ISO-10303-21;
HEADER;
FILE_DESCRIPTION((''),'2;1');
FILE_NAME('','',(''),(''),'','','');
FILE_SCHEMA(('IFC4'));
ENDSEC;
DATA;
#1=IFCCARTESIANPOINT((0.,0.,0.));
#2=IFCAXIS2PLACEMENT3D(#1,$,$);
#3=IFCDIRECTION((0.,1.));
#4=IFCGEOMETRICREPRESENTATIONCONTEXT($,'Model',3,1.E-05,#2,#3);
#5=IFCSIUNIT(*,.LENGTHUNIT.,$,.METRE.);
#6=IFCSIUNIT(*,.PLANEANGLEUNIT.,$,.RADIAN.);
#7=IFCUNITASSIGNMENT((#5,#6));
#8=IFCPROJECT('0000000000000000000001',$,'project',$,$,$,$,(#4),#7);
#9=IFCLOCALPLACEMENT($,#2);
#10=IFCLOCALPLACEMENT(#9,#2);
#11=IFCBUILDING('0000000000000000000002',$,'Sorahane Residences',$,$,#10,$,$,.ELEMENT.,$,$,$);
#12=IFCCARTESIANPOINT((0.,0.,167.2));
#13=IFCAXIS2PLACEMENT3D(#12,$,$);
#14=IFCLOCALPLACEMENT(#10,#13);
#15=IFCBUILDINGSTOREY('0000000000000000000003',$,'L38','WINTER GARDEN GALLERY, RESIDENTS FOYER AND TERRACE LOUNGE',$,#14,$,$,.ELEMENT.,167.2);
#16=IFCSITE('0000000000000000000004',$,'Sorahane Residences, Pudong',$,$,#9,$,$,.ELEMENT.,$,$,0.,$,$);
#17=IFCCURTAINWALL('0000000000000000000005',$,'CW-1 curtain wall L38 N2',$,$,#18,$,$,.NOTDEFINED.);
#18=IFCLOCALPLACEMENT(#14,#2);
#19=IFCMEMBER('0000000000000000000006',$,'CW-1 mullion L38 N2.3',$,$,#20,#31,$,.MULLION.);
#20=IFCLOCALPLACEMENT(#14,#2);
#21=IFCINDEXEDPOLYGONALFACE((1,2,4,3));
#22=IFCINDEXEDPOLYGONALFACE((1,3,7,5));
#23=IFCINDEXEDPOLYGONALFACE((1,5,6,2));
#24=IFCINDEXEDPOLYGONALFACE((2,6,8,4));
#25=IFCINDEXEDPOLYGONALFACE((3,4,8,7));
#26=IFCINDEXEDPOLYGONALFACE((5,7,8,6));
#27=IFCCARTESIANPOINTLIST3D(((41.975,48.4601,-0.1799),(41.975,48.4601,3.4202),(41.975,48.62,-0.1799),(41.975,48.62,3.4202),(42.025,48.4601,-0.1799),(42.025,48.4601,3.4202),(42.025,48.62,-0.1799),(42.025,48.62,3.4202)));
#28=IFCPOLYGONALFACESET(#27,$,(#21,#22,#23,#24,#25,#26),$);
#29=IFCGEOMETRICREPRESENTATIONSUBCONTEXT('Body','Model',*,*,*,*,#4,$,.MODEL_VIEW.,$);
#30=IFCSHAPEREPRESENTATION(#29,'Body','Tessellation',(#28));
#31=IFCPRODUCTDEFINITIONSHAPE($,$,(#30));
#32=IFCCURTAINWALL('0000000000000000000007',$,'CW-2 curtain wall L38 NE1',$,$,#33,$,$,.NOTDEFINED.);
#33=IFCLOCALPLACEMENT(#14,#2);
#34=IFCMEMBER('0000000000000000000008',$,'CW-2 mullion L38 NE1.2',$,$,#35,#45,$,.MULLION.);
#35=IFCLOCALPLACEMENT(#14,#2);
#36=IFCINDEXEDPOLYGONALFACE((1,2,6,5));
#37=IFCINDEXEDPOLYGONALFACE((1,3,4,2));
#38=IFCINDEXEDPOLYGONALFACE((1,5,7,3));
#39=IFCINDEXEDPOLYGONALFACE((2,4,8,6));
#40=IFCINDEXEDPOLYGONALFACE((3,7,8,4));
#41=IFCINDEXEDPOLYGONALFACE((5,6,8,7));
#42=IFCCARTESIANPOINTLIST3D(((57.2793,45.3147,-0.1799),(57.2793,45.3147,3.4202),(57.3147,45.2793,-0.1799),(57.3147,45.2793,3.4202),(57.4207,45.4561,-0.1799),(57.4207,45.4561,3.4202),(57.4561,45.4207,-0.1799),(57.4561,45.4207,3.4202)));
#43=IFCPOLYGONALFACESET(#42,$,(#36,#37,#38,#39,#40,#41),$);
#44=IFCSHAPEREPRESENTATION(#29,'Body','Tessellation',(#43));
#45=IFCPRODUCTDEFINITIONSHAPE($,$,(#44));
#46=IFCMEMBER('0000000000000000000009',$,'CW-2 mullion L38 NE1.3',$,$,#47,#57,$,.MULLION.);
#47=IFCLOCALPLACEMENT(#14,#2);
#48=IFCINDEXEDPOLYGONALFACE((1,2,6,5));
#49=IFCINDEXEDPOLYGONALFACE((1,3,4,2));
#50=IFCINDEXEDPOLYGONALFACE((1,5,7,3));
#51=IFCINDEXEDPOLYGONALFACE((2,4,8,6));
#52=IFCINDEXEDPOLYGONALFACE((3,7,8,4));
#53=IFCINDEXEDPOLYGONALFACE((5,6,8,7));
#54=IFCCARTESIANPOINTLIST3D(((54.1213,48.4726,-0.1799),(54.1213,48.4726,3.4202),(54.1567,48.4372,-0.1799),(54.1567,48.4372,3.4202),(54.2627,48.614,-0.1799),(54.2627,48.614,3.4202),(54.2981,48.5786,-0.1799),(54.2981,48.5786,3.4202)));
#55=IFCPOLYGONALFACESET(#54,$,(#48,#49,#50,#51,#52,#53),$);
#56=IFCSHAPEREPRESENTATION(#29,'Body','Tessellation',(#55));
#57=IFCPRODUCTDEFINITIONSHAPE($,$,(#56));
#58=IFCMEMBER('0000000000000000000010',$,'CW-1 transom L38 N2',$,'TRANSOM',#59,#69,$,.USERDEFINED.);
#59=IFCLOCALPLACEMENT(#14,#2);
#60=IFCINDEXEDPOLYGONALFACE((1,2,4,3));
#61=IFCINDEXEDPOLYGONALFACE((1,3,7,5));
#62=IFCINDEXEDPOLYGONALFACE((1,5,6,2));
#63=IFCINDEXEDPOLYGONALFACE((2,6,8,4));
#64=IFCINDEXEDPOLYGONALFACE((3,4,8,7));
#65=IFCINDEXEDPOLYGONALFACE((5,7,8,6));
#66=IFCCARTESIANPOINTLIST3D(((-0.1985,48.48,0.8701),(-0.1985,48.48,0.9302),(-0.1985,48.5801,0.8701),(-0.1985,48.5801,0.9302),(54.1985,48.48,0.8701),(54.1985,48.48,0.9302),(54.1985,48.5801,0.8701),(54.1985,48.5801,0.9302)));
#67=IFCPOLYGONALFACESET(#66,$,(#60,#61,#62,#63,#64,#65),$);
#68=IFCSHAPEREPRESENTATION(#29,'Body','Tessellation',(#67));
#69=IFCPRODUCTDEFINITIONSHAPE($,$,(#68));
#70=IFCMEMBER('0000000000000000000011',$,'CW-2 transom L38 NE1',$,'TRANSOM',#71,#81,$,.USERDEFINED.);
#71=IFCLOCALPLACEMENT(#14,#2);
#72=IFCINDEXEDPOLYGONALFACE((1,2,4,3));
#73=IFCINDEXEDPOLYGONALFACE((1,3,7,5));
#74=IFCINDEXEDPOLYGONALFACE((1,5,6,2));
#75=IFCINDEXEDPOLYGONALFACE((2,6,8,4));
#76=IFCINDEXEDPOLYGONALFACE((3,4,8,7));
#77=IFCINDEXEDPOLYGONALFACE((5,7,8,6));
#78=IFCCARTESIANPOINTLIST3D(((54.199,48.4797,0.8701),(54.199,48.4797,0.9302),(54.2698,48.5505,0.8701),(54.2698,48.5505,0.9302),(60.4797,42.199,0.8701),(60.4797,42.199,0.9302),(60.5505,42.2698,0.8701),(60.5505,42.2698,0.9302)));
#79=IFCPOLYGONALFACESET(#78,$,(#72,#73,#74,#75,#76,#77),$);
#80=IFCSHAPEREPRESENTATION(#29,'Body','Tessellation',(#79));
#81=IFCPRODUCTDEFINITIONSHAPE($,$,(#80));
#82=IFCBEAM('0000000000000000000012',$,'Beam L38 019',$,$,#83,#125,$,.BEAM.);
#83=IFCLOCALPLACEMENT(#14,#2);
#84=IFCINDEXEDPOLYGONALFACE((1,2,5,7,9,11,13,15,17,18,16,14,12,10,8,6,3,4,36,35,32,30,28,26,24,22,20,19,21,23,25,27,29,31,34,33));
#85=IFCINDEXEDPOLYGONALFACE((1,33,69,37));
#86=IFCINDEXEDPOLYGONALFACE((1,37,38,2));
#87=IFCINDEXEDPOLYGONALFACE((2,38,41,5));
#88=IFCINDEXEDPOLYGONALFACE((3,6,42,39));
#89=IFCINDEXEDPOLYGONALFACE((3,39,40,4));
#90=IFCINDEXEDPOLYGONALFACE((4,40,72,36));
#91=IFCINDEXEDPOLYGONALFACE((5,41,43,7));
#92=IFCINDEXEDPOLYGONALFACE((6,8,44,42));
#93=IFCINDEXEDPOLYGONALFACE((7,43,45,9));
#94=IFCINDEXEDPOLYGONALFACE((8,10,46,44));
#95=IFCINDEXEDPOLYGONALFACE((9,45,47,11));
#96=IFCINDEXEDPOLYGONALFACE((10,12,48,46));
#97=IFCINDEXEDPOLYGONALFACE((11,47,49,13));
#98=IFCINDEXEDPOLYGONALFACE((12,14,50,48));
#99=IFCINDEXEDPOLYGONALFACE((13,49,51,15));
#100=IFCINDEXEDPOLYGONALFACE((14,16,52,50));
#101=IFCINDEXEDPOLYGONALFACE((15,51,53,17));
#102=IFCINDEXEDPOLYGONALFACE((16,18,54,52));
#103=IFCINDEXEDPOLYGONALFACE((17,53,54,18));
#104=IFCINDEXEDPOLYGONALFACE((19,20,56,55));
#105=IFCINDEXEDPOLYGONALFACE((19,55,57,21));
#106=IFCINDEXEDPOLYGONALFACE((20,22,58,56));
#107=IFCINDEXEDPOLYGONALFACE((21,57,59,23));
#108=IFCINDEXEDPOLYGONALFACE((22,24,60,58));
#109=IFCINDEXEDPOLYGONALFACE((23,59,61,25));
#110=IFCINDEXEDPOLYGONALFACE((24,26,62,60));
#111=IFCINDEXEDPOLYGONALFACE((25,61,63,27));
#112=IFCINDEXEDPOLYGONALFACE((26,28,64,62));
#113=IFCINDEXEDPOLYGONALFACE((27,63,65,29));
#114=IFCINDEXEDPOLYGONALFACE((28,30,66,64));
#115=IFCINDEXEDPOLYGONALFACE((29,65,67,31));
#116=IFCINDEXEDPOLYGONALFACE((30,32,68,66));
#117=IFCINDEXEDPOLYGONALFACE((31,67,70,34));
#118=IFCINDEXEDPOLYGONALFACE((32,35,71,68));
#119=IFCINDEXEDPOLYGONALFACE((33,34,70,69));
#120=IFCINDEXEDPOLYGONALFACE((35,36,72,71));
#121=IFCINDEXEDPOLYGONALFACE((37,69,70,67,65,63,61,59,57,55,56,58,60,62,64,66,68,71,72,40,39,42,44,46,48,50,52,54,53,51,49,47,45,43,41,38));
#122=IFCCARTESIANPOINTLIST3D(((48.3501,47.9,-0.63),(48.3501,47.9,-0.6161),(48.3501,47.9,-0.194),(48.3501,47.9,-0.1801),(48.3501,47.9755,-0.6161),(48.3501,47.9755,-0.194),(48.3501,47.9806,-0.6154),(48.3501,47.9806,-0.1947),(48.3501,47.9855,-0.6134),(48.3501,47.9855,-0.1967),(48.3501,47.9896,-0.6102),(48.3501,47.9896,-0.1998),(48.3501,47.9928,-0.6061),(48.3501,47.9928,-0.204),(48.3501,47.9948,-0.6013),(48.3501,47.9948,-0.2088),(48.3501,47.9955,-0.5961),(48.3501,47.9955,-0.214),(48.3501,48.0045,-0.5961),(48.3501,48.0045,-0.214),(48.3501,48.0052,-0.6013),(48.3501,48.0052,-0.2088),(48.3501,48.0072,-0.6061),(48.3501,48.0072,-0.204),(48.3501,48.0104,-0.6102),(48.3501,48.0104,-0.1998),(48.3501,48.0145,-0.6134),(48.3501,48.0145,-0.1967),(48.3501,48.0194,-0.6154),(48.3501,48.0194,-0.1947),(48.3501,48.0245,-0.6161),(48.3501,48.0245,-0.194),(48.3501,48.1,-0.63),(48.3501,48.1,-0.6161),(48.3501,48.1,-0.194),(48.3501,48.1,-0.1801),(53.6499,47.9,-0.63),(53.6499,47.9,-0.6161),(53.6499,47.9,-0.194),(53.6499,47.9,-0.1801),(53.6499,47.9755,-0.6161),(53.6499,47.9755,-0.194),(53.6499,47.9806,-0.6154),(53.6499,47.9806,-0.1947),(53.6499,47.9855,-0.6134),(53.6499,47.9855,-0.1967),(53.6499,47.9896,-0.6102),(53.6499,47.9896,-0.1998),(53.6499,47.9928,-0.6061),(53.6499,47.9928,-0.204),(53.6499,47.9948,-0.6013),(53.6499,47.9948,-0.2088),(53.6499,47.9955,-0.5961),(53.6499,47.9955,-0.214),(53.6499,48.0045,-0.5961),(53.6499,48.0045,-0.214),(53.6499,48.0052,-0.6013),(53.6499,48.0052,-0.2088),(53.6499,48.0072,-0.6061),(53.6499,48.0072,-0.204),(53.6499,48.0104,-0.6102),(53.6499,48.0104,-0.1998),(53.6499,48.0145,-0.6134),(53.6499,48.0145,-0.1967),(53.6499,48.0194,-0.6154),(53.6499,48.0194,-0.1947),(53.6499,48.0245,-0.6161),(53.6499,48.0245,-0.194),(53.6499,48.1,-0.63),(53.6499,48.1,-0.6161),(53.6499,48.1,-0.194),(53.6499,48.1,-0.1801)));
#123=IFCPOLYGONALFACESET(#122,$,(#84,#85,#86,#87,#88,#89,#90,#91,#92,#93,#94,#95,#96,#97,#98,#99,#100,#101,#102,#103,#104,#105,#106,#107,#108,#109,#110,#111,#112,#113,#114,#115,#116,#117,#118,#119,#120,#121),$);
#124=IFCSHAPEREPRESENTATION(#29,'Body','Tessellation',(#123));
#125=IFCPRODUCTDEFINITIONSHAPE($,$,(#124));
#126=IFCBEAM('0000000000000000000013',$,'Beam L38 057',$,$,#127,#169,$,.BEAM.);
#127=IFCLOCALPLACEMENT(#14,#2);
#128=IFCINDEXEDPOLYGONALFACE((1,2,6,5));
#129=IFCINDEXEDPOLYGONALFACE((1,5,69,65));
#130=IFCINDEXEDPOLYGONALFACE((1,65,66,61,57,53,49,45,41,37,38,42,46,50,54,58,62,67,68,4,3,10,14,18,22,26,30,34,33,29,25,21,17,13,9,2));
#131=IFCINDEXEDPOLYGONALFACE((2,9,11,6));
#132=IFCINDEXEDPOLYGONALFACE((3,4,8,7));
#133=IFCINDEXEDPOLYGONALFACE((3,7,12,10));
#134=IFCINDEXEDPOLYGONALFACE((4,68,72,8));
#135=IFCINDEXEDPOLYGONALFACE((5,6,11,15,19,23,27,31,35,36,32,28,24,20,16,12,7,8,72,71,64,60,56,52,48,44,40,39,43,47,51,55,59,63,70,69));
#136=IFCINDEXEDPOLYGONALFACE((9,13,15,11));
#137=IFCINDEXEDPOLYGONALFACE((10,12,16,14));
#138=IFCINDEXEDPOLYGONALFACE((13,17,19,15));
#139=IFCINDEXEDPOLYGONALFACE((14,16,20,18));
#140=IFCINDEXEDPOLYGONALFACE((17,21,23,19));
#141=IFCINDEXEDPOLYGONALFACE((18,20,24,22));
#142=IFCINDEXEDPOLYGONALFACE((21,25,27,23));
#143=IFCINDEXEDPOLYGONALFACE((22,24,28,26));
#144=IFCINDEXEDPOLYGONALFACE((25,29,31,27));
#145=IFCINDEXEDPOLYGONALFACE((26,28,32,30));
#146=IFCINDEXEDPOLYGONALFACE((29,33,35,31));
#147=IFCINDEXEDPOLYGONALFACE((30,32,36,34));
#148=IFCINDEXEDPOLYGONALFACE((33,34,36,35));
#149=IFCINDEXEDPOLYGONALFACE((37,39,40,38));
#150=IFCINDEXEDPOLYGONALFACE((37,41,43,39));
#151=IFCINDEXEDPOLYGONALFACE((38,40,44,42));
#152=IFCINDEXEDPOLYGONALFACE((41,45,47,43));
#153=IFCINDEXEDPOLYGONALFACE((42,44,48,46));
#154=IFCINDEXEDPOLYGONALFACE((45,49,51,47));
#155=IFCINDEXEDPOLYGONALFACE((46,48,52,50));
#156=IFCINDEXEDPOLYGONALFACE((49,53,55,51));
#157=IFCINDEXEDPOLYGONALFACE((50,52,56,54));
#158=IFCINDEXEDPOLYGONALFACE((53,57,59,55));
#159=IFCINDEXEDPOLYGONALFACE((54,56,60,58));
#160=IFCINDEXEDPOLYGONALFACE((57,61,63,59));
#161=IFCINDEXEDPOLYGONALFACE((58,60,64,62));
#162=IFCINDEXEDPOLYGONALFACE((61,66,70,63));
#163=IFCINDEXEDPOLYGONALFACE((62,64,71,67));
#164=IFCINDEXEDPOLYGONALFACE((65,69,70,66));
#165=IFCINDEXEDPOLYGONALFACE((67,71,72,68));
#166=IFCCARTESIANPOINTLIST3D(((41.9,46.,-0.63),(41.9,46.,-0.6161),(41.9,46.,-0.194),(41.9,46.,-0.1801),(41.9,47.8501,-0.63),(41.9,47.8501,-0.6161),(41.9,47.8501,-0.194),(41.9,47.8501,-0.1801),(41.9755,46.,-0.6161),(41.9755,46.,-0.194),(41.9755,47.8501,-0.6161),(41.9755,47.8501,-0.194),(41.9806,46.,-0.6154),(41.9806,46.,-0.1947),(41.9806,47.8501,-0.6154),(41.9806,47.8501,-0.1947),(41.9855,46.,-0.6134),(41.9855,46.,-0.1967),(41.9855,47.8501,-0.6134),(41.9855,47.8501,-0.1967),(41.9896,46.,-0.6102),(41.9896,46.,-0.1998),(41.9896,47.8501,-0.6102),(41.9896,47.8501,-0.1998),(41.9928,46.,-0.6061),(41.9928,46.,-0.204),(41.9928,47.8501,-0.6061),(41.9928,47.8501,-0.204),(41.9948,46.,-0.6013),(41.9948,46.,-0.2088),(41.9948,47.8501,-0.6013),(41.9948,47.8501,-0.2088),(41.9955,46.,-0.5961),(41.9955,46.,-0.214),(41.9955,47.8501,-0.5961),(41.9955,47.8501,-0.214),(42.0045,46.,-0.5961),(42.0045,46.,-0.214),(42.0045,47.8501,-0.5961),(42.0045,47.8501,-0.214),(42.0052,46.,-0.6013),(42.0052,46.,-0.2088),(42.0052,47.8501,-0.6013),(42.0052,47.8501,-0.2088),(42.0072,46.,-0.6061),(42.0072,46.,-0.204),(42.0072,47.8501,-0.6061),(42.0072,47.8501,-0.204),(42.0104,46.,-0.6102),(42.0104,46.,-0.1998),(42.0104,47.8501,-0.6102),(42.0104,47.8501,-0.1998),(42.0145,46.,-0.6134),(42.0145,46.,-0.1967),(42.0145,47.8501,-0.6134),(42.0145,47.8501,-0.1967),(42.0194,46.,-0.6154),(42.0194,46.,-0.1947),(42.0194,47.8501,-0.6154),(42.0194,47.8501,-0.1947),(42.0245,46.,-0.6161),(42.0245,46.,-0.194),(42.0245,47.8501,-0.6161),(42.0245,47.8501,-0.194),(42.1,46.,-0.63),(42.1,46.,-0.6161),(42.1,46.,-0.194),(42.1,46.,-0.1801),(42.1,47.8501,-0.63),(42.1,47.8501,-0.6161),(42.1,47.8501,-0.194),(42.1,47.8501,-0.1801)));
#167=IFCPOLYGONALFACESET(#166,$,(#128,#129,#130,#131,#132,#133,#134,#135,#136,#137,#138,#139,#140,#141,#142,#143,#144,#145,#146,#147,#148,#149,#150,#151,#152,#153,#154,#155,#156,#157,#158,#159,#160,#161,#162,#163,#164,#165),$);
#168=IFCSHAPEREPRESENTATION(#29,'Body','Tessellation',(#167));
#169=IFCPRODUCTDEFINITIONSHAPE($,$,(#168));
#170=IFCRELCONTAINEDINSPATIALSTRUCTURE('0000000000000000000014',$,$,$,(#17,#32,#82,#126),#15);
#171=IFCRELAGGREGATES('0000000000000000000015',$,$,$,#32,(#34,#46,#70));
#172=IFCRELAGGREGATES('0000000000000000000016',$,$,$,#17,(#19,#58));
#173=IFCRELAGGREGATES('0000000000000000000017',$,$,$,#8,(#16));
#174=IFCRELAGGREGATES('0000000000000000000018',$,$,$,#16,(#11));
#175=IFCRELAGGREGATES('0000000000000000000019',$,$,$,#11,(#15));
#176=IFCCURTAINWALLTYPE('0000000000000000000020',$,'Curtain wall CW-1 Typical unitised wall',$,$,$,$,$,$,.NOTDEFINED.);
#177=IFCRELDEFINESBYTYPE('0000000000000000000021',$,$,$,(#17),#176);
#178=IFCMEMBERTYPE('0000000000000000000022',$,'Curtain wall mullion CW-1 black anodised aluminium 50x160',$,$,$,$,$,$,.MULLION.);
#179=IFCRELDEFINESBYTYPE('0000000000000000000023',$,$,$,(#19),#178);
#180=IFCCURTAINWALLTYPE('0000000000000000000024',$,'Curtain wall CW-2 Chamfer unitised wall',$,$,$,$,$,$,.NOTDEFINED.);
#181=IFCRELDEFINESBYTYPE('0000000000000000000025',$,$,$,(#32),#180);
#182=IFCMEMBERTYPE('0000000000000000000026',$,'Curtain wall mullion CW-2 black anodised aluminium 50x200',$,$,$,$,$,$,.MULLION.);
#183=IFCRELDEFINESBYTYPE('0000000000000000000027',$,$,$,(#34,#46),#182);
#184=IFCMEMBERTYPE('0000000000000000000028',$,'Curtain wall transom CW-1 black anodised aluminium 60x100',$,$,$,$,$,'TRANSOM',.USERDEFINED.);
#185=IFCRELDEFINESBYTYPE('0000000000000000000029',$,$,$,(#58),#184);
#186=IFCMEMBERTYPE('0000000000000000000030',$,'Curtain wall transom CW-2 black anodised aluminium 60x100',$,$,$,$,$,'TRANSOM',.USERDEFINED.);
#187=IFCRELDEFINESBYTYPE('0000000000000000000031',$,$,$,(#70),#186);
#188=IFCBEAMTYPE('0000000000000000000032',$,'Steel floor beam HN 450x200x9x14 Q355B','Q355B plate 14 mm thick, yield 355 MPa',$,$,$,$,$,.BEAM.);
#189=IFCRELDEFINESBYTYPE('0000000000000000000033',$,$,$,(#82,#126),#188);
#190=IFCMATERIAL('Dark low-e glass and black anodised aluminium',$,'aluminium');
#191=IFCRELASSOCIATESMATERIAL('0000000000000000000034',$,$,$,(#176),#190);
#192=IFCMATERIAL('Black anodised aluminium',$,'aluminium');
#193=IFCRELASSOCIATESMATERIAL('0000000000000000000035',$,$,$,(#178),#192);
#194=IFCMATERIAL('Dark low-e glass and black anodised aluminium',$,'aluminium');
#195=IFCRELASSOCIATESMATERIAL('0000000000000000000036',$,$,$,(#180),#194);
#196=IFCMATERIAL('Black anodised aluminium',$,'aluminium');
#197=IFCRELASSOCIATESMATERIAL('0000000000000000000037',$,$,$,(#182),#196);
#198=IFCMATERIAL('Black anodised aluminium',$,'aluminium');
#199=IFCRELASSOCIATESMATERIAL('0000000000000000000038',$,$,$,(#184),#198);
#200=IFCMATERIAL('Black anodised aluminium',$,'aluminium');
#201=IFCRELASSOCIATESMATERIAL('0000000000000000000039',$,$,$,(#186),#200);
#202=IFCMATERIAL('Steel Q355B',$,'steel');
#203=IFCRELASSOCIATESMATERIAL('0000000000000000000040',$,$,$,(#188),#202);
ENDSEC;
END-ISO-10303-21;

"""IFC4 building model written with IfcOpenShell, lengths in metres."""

from ifc_helpers import new_model, si_unit, direction, frame, origin, origin_2d, place, context, subcontext, project, spatial, rectangle, i_section, extrude, material, material_profile, profile_set, type_object, element, aggregate, save


model = new_model("IFC4")

# Units and contexts
model_context = context("Model", 3, precision=1e-05, world=origin(), true_north=direction((0.0, 1.0)))
body_context = subcontext(model_context, "Body", "Model", "MODEL_VIEW")
ifc_project = project(units=[si_unit("LENGTHUNIT", "METRE"), si_unit("PLANEANGLEUNIT", "RADIAN")], contexts=[model_context])

# Site, building, storey
site_placement = place(None, origin())
site = spatial("IfcSite", under=ifc_project, at=site_placement, Name="Sorahane Residences, Pudong", CompositionType="ELEMENT", RefElevation=0.0)
building_placement = place(site_placement, origin())
building = spatial("IfcBuilding", under=site, at=building_placement, Name="Sorahane Residences", CompositionType="ELEMENT")
storey_placement = place(building_placement, frame((0.0, 0.0, 167.2)))
storey = spatial("IfcBuildingStorey", under=building, at=storey_placement, Name="L38", Description="WINTER GARDEN GALLERY, RESIDENTS FOYER AND TERRACE LOUNGE", CompositionType="ELEMENT", Elevation=167.2)

# Shared definitions
ifc_material_1 = material(Name="Dark low-e glass and black anodised aluminium", Category="aluminium")
curtain_wall_type_1 = type_object("IfcCurtainWallType", Name="Curtain wall CW-1 Typical unitised wall", PredefinedType="NOTDEFINED", material=ifc_material_1)
ifc_material_2 = material(Name="Black anodised aluminium", Category="aluminium")
ifc_material_profile_1 = material_profile(ifc_material_2, rectangle(XDim=0.1599, YDim=0.05, at=origin_2d()), Name="Curtain wall mullion CW-1 black anodised aluminium 50x160")
ifc_profile_set_1 = profile_set([ifc_material_profile_1], Name="Black anodised aluminium")
member_type_1 = type_object("IfcMemberType", Name="Curtain wall mullion CW-1 black anodised aluminium 50x160", PredefinedType="MULLION", material=ifc_profile_set_1)

# Curtain walls, members
curtain_wall_1_placement = place(storey_placement, origin())
curtain_wall_1 = element("IfcCurtainWall", 1, at=curtain_wall_1_placement, inside=storey, type_object=curtain_wall_type_1, Name="CW-1 curtain wall L38 N2", PredefinedType="NOTDEFINED")
member_1_placement = place(storey_placement, frame((42.0, 48.54, -0.1799), z_axis=(0.0, 0.0, 1.0), x_axis=(0.0, 1.0, 0.0)))
member_1 = element("IfcMember", 2, at=member_1_placement, type_object=member_type_1, Name="CW-1 mullion L38 N2.3", PredefinedType="MULLION", context=body_context, shape_type="SweptSolid", body=[
    extrude(rectangle(XDim=0.1599, YDim=0.05, at=origin_2d()), origin(), (0.0, 0.0, 1.0), 3.6001),
])
ifc_material_3 = material(Name="Dark low-e glass and black anodised aluminium", Category="aluminium")
curtain_wall_type_2 = type_object("IfcCurtainWallType", Name="Curtain wall CW-2 Chamfer unitised wall", PredefinedType="NOTDEFINED", material=ifc_material_3)
curtain_wall_2_placement = place(storey_placement, origin())
curtain_wall_2 = element("IfcCurtainWall", 3, at=curtain_wall_2_placement, inside=storey, type_object=curtain_wall_type_2, Name="CW-2 curtain wall L38 NE1", PredefinedType="NOTDEFINED")
ifc_material_4 = material(Name="Black anodised aluminium", Category="aluminium")
ifc_material_profile_2 = material_profile(ifc_material_4, rectangle(XDim=0.2, YDim=0.05, at=origin_2d()), Name="Curtain wall mullion CW-2 black anodised aluminium 50x200")
ifc_profile_set_2 = profile_set([ifc_material_profile_2], Name="Black anodised aluminium")
member_type_2 = type_object("IfcMemberType", Name="Curtain wall mullion CW-2 black anodised aluminium 50x200", PredefinedType="MULLION", material=ifc_profile_set_2)
member_2_placement = place(storey_placement, frame((57.3677, 45.3677, -0.1799), z_axis=(0.0, 0.0, 1.0), x_axis=(0.707107, 0.707107, 0.0)))
member_2 = element("IfcMember", 4, at=member_2_placement, type_object=member_type_2, Name="CW-2 mullion L38 NE1.2", PredefinedType="MULLION", context=body_context, shape_type="SweptSolid", body=[
    extrude(rectangle(XDim=0.2, YDim=0.05, at=origin_2d()), origin(), (0.0, 0.0, 1.0), 3.6001),
])
member_3_placement = place(storey_placement, frame((54.2097, 48.5256, -0.1799), z_axis=(0.0, 0.0, 1.0), x_axis=(0.707107, 0.707107, 0.0)))
member_3 = element("IfcMember", 5, at=member_3_placement, type_object=member_type_2, Name="CW-2 mullion L38 NE1.3", PredefinedType="MULLION", context=body_context, shape_type="SweptSolid", body=[
    extrude(rectangle(XDim=0.2, YDim=0.05, at=origin_2d()), origin(), (0.0, 0.0, 1.0), 3.6001),
])

# Members
ifc_material_5 = material(Name="Black anodised aluminium", Category="aluminium")
ifc_material_profile_3 = material_profile(ifc_material_5, rectangle(XDim=0.1001, YDim=0.0601, at=origin_2d()), Name="Curtain wall transom CW-1 black anodised aluminium 60x100")
ifc_profile_set_3 = profile_set([ifc_material_profile_3], Name="Black anodised aluminium")
member_type_3 = type_object("IfcMemberType", Name="Curtain wall transom CW-1 black anodised aluminium 60x100", ElementType="TRANSOM", PredefinedType="USERDEFINED", material=ifc_profile_set_3)
member_4_placement = place(storey_placement, frame((54.1985, 48.53, 0.9001), z_axis=(-1.0, 0.0, 0.0), x_axis=(0.0, -1.0, 0.0)))
member_4 = element("IfcMember", 6, at=member_4_placement, type_object=member_type_3, Name="CW-1 transom L38 N2", ObjectType="TRANSOM", PredefinedType="USERDEFINED", context=body_context, shape_type="SweptSolid", body=[
    extrude(rectangle(XDim=0.1001, YDim=0.0601, at=origin_2d()), origin(), (0.0, 0.0, 1.0), 54.397),
])
ifc_material_6 = material(Name="Black anodised aluminium", Category="aluminium")
ifc_material_profile_4 = material_profile(ifc_material_6, rectangle(XDim=0.1001, YDim=0.0601, at=origin_2d()), Name="Curtain wall transom CW-2 black anodised aluminium 60x100")
ifc_profile_set_4 = profile_set([ifc_material_profile_4], Name="Black anodised aluminium")
member_type_4 = type_object("IfcMemberType", Name="Curtain wall transom CW-2 black anodised aluminium 60x100", ElementType="TRANSOM", PredefinedType="USERDEFINED", material=ifc_profile_set_4)
member_5_placement = place(storey_placement, frame((60.5151, 42.2344, 0.9001), z_axis=(-0.707107, 0.707107, 0.0), x_axis=(-0.707107, -0.707107, 0.0)))
member_5 = element("IfcMember", 7, at=member_5_placement, type_object=member_type_4, Name="CW-2 transom L38 NE1", ObjectType="TRANSOM", PredefinedType="USERDEFINED", context=body_context, shape_type="SweptSolid", body=[
    extrude(rectangle(XDim=0.1001, YDim=0.0601, at=origin_2d()), origin(), (0.0, 0.0, 1.0), 8.8823),
])

# Beams
ifc_material_7 = material(Name="Steel Q355B", Category="steel")
ifc_material_profile_5 = material_profile(ifc_material_7, i_section(OverallWidth=0.2, OverallDepth=0.45, WebThickness=0.009, FlangeThickness=0.0139, FilletRadius=0.02, at=origin_2d()), Name="HN 450x200x9x14")
ifc_profile_set_5 = profile_set([ifc_material_profile_5], Name="Steel Q355B")
beam_type_1 = type_object("IfcBeamType", Name="Steel floor beam HN 450x200x9x14 Q355B", Description="Q355B plate 14 mm thick, yield 355 MPa", PredefinedType="BEAM", material=ifc_profile_set_5)
beam_1_placement = place(storey_placement, frame((48.3501, 48.0, -0.405), z_axis=(1.0, 0.0, 0.0), x_axis=(0.0, 1.0, 0.0)))
element("IfcBeam", 8, at=beam_1_placement, inside=storey, type_object=beam_type_1, Name="Beam L38 019", PredefinedType="BEAM", context=body_context, shape_type="SweptSolid", body=[
    extrude(i_section(OverallWidth=0.2, OverallDepth=0.45, WebThickness=0.009, FlangeThickness=0.0139, FilletRadius=0.02, at=origin_2d()), origin(), (0.0, 0.0, 1.0), 5.2998),
])
beam_2_placement = place(storey_placement, frame((42.0, 46.0, -0.405), z_axis=(0.0, 1.0, 0.0), x_axis=(-1.0, 0.0, 0.0)))
element("IfcBeam", 9, at=beam_2_placement, inside=storey, type_object=beam_type_1, Name="Beam L38 057", PredefinedType="BEAM", context=body_context, shape_type="SweptSolid", body=[
    extrude(i_section(OverallWidth=0.2, OverallDepth=0.45, WebThickness=0.009, FlangeThickness=0.0139, FilletRadius=0.02, at=origin_2d()), origin(), (0.0, 0.0, 1.0), 1.8501),
])

aggregate(curtain_wall_2, [member_2, member_3, member_5])
aggregate(curtain_wall_1, [member_1, member_4])

save(model, "model.ifc")
